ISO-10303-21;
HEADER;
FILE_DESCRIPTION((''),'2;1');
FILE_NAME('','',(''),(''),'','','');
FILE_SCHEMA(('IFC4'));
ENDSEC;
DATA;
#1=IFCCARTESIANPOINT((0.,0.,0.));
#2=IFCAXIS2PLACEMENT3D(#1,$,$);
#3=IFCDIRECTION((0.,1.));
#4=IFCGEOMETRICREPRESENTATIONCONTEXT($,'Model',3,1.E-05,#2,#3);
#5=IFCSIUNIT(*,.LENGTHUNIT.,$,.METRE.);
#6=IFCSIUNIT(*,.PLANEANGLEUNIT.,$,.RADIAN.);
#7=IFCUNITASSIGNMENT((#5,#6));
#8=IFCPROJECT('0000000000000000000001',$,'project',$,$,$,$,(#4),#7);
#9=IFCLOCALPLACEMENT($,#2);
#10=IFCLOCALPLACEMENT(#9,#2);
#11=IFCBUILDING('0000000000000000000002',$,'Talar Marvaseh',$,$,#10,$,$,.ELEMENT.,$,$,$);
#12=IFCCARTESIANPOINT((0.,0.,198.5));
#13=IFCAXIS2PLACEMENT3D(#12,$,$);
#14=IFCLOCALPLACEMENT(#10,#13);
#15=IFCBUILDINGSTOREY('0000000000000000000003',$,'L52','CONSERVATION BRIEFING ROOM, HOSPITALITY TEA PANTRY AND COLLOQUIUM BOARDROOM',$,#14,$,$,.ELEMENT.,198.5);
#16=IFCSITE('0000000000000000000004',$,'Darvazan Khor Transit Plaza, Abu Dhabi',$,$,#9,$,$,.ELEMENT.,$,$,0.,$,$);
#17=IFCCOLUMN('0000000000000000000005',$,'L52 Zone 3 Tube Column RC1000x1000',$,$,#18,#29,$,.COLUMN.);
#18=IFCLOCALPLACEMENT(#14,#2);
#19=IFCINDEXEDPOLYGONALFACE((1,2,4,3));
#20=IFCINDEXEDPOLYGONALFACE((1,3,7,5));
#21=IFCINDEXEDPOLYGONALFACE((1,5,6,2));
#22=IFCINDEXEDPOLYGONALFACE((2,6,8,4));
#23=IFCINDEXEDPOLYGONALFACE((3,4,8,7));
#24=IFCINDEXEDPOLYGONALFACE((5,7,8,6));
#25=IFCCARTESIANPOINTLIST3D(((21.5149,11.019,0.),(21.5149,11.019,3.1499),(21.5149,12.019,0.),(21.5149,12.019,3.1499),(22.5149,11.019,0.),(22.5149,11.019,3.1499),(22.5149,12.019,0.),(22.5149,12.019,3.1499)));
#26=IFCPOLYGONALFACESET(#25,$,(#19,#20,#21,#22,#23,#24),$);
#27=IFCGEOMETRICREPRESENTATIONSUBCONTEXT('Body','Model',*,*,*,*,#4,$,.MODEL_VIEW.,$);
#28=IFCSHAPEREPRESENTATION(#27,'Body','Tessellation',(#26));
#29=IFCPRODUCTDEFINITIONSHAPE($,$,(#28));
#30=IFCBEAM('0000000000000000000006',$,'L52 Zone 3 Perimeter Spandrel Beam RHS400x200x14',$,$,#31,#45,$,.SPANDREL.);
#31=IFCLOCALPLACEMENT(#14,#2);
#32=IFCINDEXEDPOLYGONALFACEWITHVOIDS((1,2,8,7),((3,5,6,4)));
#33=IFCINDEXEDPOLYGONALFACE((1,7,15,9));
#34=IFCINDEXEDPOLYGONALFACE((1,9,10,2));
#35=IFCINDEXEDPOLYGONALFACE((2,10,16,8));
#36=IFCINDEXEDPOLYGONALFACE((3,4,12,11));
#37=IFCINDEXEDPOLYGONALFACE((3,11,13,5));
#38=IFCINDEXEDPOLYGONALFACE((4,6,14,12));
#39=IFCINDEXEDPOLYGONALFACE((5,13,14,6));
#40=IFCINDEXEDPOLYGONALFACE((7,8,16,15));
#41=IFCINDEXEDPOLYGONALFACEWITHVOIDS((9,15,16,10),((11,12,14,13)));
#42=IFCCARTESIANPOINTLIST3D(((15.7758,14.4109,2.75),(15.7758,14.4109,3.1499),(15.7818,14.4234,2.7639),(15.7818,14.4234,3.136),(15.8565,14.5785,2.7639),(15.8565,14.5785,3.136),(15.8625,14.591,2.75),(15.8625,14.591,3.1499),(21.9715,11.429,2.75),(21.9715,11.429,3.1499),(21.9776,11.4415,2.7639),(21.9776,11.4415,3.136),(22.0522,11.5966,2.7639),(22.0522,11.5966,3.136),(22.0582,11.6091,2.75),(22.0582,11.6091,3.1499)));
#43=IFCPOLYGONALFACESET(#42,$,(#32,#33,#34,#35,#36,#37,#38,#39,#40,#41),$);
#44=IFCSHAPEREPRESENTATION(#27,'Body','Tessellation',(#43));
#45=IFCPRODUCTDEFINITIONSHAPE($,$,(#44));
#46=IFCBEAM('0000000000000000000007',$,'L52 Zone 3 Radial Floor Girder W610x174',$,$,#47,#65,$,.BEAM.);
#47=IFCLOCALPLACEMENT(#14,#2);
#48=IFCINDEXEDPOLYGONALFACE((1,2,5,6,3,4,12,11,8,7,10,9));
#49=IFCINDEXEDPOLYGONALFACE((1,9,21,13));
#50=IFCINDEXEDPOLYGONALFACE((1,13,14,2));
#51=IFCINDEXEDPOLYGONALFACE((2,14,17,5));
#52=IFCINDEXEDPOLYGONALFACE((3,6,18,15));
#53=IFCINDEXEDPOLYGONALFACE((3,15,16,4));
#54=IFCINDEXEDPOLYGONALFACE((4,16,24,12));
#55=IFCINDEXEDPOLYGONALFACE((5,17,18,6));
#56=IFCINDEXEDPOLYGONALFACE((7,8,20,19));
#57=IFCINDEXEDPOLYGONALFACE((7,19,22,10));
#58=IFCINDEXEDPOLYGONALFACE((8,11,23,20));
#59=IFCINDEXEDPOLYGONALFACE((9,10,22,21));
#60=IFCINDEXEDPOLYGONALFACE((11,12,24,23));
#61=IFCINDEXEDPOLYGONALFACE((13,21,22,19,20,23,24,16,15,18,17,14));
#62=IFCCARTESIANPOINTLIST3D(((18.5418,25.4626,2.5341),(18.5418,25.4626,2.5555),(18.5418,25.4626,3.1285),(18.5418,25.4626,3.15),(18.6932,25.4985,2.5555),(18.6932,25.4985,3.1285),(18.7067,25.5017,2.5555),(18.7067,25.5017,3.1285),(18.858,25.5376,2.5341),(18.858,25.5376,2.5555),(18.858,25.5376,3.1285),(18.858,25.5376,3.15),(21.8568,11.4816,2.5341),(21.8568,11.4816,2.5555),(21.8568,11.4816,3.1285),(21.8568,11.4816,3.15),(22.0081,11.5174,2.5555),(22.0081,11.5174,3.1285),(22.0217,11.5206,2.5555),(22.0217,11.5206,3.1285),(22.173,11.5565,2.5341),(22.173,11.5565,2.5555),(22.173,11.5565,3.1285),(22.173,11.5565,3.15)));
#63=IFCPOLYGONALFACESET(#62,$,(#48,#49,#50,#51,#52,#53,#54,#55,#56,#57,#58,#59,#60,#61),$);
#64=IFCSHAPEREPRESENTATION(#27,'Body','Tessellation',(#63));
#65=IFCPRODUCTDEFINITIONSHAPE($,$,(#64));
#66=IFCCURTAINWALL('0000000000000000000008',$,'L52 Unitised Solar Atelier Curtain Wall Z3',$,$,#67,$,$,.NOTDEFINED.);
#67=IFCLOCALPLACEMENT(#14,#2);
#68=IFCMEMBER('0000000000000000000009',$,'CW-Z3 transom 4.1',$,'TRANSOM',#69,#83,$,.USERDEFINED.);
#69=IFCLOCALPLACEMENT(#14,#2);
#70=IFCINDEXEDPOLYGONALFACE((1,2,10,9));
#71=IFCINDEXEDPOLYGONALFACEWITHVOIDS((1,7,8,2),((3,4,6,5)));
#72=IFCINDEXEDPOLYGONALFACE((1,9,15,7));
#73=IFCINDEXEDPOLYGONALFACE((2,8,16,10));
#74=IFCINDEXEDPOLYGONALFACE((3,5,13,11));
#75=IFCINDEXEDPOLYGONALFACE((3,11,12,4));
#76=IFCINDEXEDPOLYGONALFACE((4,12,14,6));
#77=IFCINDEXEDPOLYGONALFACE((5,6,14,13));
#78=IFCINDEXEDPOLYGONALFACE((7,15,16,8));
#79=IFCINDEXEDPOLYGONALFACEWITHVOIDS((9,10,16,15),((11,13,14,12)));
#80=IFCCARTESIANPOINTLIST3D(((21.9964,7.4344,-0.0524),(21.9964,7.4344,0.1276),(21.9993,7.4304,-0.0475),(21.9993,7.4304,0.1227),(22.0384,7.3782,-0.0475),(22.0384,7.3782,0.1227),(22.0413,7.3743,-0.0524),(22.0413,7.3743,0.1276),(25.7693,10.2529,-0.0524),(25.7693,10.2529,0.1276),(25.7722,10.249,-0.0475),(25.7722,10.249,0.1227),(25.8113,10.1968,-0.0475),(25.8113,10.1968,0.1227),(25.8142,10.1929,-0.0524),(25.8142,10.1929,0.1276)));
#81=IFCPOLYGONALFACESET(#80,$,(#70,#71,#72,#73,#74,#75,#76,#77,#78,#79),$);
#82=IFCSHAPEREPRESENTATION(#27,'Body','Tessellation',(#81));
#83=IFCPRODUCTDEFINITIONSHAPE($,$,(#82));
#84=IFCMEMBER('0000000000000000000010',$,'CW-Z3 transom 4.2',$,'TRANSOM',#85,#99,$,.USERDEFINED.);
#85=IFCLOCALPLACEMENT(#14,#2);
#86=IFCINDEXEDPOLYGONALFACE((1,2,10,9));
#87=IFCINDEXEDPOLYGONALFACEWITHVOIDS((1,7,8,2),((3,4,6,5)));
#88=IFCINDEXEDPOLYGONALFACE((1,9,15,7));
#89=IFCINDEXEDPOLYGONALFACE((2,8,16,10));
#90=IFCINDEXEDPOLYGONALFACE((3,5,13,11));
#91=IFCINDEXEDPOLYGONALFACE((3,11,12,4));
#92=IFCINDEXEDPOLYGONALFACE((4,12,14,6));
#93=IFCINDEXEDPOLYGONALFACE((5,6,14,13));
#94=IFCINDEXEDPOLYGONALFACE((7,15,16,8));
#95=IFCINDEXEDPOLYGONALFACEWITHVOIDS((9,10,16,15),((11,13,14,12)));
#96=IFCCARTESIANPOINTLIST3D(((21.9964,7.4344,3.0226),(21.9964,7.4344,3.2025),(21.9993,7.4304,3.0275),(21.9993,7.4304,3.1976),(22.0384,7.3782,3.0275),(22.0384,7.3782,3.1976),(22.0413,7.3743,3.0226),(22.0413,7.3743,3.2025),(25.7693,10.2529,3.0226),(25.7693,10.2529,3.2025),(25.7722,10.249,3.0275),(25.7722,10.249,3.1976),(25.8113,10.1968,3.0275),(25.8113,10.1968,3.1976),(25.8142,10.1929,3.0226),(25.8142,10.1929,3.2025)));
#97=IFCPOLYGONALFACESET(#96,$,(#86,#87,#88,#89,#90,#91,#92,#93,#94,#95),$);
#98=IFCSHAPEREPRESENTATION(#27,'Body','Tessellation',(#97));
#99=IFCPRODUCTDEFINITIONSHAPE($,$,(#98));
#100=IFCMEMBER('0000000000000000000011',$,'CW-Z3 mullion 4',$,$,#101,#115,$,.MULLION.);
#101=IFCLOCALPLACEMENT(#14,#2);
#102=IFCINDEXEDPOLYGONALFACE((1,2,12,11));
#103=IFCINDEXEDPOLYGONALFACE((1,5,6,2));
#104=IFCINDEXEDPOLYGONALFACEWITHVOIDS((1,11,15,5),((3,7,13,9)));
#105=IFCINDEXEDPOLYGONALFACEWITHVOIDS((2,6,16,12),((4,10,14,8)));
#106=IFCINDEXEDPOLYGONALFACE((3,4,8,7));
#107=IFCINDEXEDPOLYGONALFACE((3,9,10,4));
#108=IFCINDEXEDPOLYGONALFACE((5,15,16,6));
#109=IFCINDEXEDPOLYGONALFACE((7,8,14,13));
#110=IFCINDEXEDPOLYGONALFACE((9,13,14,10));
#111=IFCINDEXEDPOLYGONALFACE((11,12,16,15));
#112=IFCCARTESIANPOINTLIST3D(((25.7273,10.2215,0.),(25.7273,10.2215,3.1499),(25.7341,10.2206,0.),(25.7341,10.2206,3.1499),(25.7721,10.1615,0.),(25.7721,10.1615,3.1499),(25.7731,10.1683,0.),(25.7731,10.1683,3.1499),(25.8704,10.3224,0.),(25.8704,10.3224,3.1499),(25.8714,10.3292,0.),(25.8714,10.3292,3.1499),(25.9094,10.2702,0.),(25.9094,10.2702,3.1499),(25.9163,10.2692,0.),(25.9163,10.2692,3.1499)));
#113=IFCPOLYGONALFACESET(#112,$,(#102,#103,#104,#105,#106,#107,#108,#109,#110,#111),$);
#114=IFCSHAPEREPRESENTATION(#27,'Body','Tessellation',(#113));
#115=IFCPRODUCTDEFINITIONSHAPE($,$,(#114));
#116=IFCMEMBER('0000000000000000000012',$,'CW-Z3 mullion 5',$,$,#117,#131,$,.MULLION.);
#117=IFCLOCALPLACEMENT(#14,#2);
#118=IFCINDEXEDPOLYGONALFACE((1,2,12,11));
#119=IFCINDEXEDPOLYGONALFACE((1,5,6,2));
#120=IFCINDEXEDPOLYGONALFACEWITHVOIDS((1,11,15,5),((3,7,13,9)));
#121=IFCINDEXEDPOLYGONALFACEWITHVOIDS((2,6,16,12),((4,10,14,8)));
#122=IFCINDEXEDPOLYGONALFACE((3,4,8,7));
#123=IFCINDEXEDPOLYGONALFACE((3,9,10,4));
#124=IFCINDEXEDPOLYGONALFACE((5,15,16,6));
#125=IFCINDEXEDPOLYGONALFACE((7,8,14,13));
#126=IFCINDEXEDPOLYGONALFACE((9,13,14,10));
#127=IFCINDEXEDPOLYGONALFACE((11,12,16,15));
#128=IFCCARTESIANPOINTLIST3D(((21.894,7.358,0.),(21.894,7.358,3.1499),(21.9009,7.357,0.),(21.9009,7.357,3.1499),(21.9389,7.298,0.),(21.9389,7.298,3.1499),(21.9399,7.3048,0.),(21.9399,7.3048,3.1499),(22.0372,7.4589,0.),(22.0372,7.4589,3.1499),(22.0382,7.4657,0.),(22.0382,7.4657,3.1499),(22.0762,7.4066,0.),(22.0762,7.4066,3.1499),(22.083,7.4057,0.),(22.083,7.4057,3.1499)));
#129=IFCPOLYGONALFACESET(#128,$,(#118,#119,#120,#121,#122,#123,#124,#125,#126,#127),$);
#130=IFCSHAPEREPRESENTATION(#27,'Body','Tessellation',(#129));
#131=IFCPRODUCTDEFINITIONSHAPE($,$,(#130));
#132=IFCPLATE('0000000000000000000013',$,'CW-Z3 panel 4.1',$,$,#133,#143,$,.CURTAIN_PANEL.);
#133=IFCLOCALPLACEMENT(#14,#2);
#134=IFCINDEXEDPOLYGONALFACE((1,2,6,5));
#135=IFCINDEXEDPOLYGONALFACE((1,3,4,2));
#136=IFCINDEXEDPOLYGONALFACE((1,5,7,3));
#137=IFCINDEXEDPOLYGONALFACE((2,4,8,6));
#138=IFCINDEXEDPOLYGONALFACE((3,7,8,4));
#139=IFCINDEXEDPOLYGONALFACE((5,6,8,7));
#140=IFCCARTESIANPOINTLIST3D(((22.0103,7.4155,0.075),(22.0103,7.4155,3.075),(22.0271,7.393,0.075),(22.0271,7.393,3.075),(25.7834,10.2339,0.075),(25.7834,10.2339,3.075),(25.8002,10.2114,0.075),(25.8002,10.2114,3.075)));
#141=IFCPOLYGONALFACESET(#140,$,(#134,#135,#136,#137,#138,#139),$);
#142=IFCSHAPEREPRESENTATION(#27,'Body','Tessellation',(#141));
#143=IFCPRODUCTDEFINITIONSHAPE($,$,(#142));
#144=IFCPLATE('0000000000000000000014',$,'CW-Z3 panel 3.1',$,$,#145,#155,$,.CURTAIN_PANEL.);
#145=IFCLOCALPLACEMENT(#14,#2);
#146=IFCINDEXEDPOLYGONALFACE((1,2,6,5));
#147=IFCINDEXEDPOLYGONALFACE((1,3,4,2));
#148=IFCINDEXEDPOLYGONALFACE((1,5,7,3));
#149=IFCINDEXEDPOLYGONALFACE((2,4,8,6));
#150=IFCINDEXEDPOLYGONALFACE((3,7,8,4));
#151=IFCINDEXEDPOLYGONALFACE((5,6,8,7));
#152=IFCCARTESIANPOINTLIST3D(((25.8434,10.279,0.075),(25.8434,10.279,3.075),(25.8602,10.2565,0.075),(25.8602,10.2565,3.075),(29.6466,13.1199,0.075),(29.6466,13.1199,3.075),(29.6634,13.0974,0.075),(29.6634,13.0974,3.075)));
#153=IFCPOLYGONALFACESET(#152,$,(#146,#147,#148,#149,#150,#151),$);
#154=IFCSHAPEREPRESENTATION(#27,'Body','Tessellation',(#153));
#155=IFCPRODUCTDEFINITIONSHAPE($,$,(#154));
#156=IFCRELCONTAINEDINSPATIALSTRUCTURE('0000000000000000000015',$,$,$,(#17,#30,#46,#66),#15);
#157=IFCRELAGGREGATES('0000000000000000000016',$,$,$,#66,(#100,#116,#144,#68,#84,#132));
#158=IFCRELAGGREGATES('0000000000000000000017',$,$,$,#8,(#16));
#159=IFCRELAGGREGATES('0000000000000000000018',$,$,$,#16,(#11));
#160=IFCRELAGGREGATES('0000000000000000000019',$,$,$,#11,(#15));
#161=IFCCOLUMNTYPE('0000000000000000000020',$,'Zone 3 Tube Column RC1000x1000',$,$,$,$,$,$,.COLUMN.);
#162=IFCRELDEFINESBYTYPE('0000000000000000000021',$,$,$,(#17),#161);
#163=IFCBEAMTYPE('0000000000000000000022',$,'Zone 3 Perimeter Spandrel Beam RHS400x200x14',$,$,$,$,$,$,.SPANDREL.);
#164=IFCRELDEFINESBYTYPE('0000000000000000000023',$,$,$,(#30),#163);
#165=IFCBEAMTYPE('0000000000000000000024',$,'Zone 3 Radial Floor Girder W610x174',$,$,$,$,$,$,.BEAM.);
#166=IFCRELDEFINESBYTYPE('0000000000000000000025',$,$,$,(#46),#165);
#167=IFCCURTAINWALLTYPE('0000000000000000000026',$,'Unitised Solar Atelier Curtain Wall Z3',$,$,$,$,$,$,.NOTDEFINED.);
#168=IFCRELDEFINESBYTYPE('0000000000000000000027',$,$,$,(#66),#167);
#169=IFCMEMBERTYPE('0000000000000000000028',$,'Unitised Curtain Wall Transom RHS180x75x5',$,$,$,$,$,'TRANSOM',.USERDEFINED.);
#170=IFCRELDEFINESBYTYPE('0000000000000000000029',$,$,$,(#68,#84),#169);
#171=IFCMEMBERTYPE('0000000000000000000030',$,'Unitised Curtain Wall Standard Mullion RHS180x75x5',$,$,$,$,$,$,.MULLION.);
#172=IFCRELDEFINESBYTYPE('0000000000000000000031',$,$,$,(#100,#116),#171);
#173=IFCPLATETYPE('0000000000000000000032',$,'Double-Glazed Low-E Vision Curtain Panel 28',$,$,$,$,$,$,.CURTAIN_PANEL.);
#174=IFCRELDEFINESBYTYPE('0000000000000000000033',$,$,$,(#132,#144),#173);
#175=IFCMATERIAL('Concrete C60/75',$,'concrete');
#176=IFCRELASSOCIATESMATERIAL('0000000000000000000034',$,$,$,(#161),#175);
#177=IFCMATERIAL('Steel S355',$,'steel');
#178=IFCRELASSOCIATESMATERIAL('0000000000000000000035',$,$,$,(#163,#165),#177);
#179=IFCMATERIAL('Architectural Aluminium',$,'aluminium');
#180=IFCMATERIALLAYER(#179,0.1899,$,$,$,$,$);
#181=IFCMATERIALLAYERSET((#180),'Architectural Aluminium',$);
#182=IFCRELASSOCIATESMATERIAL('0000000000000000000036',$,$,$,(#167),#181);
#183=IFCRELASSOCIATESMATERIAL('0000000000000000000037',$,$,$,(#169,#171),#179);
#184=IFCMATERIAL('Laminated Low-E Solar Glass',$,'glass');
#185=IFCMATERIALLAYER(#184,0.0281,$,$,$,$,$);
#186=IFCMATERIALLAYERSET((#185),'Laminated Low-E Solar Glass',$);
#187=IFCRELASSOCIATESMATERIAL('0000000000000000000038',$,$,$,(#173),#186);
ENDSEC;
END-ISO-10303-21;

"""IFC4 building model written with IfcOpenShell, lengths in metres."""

from ifc_helpers import new_model, si_unit, direction, frame, origin, origin_2d, place, context, subcontext, project, spatial, rectangle, hollow_rectangle, i_section, extrude, source, transform, mapped, material, layer, layer_set, material_profile, profile_set, type_object, type_shapes, element, aggregate, save


model = new_model("IFC4")

# Units and contexts
model_context = context("Model", 3, precision=1e-05, world=origin(), true_north=direction((0.0, 1.0)))
body_context = subcontext(model_context, "Body", "Model", "MODEL_VIEW")
ifc_project = project(units=[si_unit("LENGTHUNIT", "METRE"), si_unit("PLANEANGLEUNIT", "RADIAN")], contexts=[model_context])

# Site, building, storey
site_placement = place(None, origin())
site = spatial("IfcSite", under=ifc_project, at=site_placement, Name="Darvazan Khor Transit Plaza, Abu Dhabi", CompositionType="ELEMENT", RefElevation=0.0)
building_placement = place(site_placement, origin())
building = spatial("IfcBuilding", under=site, at=building_placement, Name="Talar Marvaseh", CompositionType="ELEMENT")
storey_placement = place(building_placement, frame((0.0, 0.0, 198.5)))
storey = spatial("IfcBuildingStorey", under=building, at=storey_placement, Name="L52", Description="CONSERVATION BRIEFING ROOM, HOSPITALITY TEA PANTRY AND COLLOQUIUM BOARDROOM", CompositionType="ELEMENT", Elevation=198.5)

# Column
ifc_material_1 = material(Name="Concrete C60/75", Category="concrete")
ifc_material_profile_1 = material_profile(ifc_material_1, rectangle(XDim=1.0, YDim=1.0, at=origin_2d()), Name="RC1000x1000")
ifc_profile_set_1 = profile_set([ifc_material_profile_1], Name="Concrete C60/75")
column_type = type_object("IfcColumnType", Name="Zone 3 Tube Column RC1000x1000", PredefinedType="COLUMN", material=ifc_profile_set_1)
column_placement = place(storey_placement, frame((22.0149, 11.519, 0.0), z_axis=(0.0, 0.0, 1.0), x_axis=(1.0, 0.0, 0.0)))
element("IfcColumn", 1, at=column_placement, inside=storey, type_object=column_type, Name="L52 Zone 3 Tube Column RC1000x1000", PredefinedType="COLUMN", context=body_context, shape_type="SweptSolid", body=[
    extrude(rectangle(XDim=1.0, YDim=1.0, at=origin_2d()), origin(), (0.0, 0.0, 1.0), 3.1499),
])

# Beams
ifc_material_2 = material(Name="Steel S355", Category="steel")
ifc_material_profile_2 = material_profile(ifc_material_2, hollow_rectangle(XDim=0.2, YDim=0.3999, WallThickness=0.0139, at=origin_2d()), Name="RHS400x200x14")
ifc_profile_set_2 = profile_set([ifc_material_profile_2], Name="Steel S355")
beam_type_1 = type_object("IfcBeamType", Name="Zone 3 Perimeter Spandrel Beam RHS400x200x14", PredefinedType="SPANDREL", material=ifc_profile_set_2)
beam_1_placement = place(storey_placement, frame((22.0149, 11.519, 2.95), z_axis=(-0.901072, 0.43367, 0.0), x_axis=(-0.43367, -0.901072, 0.0)))
element("IfcBeam", 2, at=beam_1_placement, inside=storey, type_object=beam_type_1, Name="L52 Zone 3 Perimeter Spandrel Beam RHS400x200x14", PredefinedType="SPANDREL", context=body_context, shape_type="SweptSolid", body=[
    extrude(hollow_rectangle(XDim=0.2, YDim=0.3999, WallThickness=0.0139, at=origin_2d()), origin(), (0.0, 0.0, 1.0), 6.876),
])
ifc_material_profile_3 = material_profile(ifc_material_2, i_section(OverallWidth=0.325, OverallDepth=0.616, WebThickness=0.0139, FlangeThickness=0.0215, at=origin_2d()), Name="W610x174")
ifc_profile_set_3 = profile_set([ifc_material_profile_3], Name="Steel S355")
beam_type_2 = type_object("IfcBeamType", Name="Zone 3 Radial Floor Girder W610x174", PredefinedType="BEAM", material=ifc_profile_set_3)
beam_2_placement = place(storey_placement, frame((22.0149, 11.519, 2.842), z_axis=(-0.230708, 0.973023, 0.0), x_axis=(-0.973023, -0.230708, 0.0)))
element("IfcBeam", 3, at=beam_2_placement, inside=storey, type_object=beam_type_2, Name="L52 Zone 3 Radial Floor Girder W610x174", PredefinedType="BEAM", context=body_context, shape_type="SweptSolid", body=[
    extrude(i_section(OverallWidth=0.325, OverallDepth=0.616, WebThickness=0.0139, FlangeThickness=0.0215, at=origin_2d()), origin(), (0.0, 0.0, 1.0), 14.3687),
])

# Curtain wall, members, plates
ifc_material_3 = material(Name="Architectural Aluminium", Category="aluminium")
ifc_layer_1 = layer(ifc_material_3, 0.1899)
ifc_layer_set_1 = layer_set([ifc_layer_1], Name="Architectural Aluminium")
curtain_wall_type = type_object("IfcCurtainWallType", Name="Unitised Solar Atelier Curtain Wall Z3", PredefinedType="NOTDEFINED", material=ifc_layer_set_1)
curtain_wall_placement = place(storey_placement, origin())
curtain_wall = element("IfcCurtainWall", 4, at=curtain_wall_placement, inside=storey, type_object=curtain_wall_type, Name="L52 Unitised Solar Atelier Curtain Wall Z3", PredefinedType="NOTDEFINED")
ifc_material_profile_4 = material_profile(ifc_material_3, hollow_rectangle(XDim=0.075, YDim=0.1799, WallThickness=0.0049, at=origin_2d()), Name="RHS180x75x5")
ifc_profile_set_4 = profile_set([ifc_material_profile_4], Name="Architectural Aluminium")
member_type_1 = type_object("IfcMemberType", Name="Unitised Curtain Wall Transom RHS180x75x5", ElementType="TRANSOM", PredefinedType="USERDEFINED", material=ifc_profile_set_4)
shared_shape_1 = source(origin(), body_context, "Body", "SweptSolid", [
    extrude(hollow_rectangle(XDim=0.075, YDim=0.1799, WallThickness=0.0049, at=origin_2d()), origin(), (0.0, 0.0, 1.0), 4.7095),
])
type_shapes(member_type_1, [shared_shape_1])
member_1_placement = place(storey_placement, frame((25.7917, 10.2229, 0.0376), z_axis=(-0.801131, -0.598489, 0.0), x_axis=(0.598489, -0.801131, 0.0)))
member_1 = element("IfcMember", 5, at=member_1_placement, type_object=member_type_1, Name="CW-Z3 transom 4.1", ObjectType="TRANSOM", PredefinedType="USERDEFINED", context=body_context, shape_type="MappedRepresentation", body=[
    mapped(shared_shape_1, transform((0.0, 0.0, 0.0), x_axis=(1.0, 0.0, 0.0), y_axis=(0.0, 1.0, 0.0), z_axis=(0.0, 0.0, 1.0), scale=1.0)),
])
member_2_placement = place(storey_placement, frame((25.7917, 10.2229, 3.1125), z_axis=(-0.801131, -0.598489, 0.0), x_axis=(0.598489, -0.801131, 0.0)))
member_2 = element("IfcMember", 6, at=member_2_placement, type_object=member_type_1, Name="CW-Z3 transom 4.2", ObjectType="TRANSOM", PredefinedType="USERDEFINED", context=body_context, shape_type="MappedRepresentation", body=[
    mapped(shared_shape_1, transform((0.0, 0.0, 0.0), x_axis=(1.0, 0.0, 0.0), y_axis=(0.0, 1.0, 0.0), z_axis=(0.0, 0.0, 1.0), scale=1.0)),
])
ifc_material_profile_5 = material_profile(ifc_material_3, hollow_rectangle(XDim=0.075, YDim=0.1799, WallThickness=0.0049, at=origin_2d()), Name="RHS180x75x5")
ifc_profile_set_5 = profile_set([ifc_material_profile_5], Name="Architectural Aluminium")
member_type_2 = type_object("IfcMemberType", Name="Unitised Curtain Wall Standard Mullion RHS180x75x5", PredefinedType="MULLION", material=ifc_profile_set_5)
shared_shape_2 = source(origin(), body_context, "Body", "SweptSolid", [
    extrude(hollow_rectangle(XDim=0.075, YDim=0.1799, WallThickness=0.0049, at=origin_2d()), origin(), (0.0, 0.0, 1.0), 3.1499),
])
type_shapes(member_type_2, [shared_shape_2])
member_3_placement = place(storey_placement, frame((25.8218, 10.2454, 0.0), z_axis=(0.0, 0.0, 1.0), x_axis=(0.598448, -0.801162, 0.0)))
member_3 = element("IfcMember", 7, at=member_3_placement, type_object=member_type_2, Name="CW-Z3 mullion 4", PredefinedType="MULLION", context=body_context, shape_type="MappedRepresentation", body=[
    mapped(shared_shape_2, transform((0.0, 0.0, 0.0), x_axis=(1.0, 0.0, 0.0), y_axis=(0.0, 1.0, 0.0), z_axis=(0.0, 0.0, 1.0), scale=1.0)),
])
member_4_placement = place(storey_placement, frame((21.9885, 7.3818, 0.0), z_axis=(0.0, 0.0, 1.0), x_axis=(0.598448, -0.801162, 0.0)))
member_4 = element("IfcMember", 8, at=member_4_placement, type_object=member_type_2, Name="CW-Z3 mullion 5", PredefinedType="MULLION", context=body_context, shape_type="MappedRepresentation", body=[
    mapped(shared_shape_2, transform((0.0, 0.0, 0.0), x_axis=(1.0, 0.0, 0.0), y_axis=(0.0, 1.0, 0.0), z_axis=(0.0, 0.0, 1.0), scale=1.0)),
])
ifc_material_4 = material(Name="Laminated Low-E Solar Glass", Category="glass")
ifc_layer_2 = layer(ifc_material_4, 0.0281)
ifc_layer_set_2 = layer_set([ifc_layer_2], Name="Laminated Low-E Solar Glass")
plate_type = type_object("IfcPlateType", Name="Double-Glazed Low-E Vision Curtain Panel 28", PredefinedType="CURTAIN_PANEL", material=ifc_layer_set_2)
shared_shape_3 = source(origin(), body_context, "Body", "SweptSolid", [
    extrude(rectangle(XDim=4.7095, YDim=0.0281, at=origin_2d()), origin(), (0.0, 0.0, 1.0), 3.0),
])
plate_1_placement = place(storey_placement, frame((23.9053, 8.8135, 0.075), z_axis=(0.0, 0.0, 1.0), x_axis=(-0.801162, -0.598448, 0.0)))
plate_1 = element("IfcPlate", 9, at=plate_1_placement, type_object=plate_type, Name="CW-Z3 panel 4.1", PredefinedType="CURTAIN_PANEL", context=body_context, shape_type="MappedRepresentation", body=[
    mapped(shared_shape_3, transform((0.0, 0.0, 0.0), x_axis=(1.0, 0.0, 0.0), y_axis=(0.0, 1.0, 0.0), z_axis=(0.0, 0.0, 1.0), scale=1.0)),
])
shared_shape_4 = source(origin(), body_context, "Body", "SweptSolid", [
    extrude(rectangle(XDim=4.7471, YDim=0.0281, at=origin_2d()), origin(), (0.0, 0.0, 1.0), 3.0),
])
type_shapes(plate_type, [shared_shape_3, shared_shape_4])
plate_2_placement = place(storey_placement, frame((27.7534, 11.6882, 0.075), z_axis=(0.0, 0.0, 1.0), x_axis=(-0.801162, -0.598448, 0.0)))
plate_2 = element("IfcPlate", 10, at=plate_2_placement, type_object=plate_type, Name="CW-Z3 panel 3.1", PredefinedType="CURTAIN_PANEL", context=body_context, shape_type="MappedRepresentation", body=[
    mapped(shared_shape_4, transform((0.0, 0.0, 0.0), x_axis=(1.0, 0.0, 0.0), y_axis=(0.0, 1.0, 0.0), z_axis=(0.0, 0.0, 1.0), scale=1.0)),
])
aggregate(curtain_wall, [member_3, member_4, plate_2, member_1, member_2, plate_1])

save(model, "model.ifc")
